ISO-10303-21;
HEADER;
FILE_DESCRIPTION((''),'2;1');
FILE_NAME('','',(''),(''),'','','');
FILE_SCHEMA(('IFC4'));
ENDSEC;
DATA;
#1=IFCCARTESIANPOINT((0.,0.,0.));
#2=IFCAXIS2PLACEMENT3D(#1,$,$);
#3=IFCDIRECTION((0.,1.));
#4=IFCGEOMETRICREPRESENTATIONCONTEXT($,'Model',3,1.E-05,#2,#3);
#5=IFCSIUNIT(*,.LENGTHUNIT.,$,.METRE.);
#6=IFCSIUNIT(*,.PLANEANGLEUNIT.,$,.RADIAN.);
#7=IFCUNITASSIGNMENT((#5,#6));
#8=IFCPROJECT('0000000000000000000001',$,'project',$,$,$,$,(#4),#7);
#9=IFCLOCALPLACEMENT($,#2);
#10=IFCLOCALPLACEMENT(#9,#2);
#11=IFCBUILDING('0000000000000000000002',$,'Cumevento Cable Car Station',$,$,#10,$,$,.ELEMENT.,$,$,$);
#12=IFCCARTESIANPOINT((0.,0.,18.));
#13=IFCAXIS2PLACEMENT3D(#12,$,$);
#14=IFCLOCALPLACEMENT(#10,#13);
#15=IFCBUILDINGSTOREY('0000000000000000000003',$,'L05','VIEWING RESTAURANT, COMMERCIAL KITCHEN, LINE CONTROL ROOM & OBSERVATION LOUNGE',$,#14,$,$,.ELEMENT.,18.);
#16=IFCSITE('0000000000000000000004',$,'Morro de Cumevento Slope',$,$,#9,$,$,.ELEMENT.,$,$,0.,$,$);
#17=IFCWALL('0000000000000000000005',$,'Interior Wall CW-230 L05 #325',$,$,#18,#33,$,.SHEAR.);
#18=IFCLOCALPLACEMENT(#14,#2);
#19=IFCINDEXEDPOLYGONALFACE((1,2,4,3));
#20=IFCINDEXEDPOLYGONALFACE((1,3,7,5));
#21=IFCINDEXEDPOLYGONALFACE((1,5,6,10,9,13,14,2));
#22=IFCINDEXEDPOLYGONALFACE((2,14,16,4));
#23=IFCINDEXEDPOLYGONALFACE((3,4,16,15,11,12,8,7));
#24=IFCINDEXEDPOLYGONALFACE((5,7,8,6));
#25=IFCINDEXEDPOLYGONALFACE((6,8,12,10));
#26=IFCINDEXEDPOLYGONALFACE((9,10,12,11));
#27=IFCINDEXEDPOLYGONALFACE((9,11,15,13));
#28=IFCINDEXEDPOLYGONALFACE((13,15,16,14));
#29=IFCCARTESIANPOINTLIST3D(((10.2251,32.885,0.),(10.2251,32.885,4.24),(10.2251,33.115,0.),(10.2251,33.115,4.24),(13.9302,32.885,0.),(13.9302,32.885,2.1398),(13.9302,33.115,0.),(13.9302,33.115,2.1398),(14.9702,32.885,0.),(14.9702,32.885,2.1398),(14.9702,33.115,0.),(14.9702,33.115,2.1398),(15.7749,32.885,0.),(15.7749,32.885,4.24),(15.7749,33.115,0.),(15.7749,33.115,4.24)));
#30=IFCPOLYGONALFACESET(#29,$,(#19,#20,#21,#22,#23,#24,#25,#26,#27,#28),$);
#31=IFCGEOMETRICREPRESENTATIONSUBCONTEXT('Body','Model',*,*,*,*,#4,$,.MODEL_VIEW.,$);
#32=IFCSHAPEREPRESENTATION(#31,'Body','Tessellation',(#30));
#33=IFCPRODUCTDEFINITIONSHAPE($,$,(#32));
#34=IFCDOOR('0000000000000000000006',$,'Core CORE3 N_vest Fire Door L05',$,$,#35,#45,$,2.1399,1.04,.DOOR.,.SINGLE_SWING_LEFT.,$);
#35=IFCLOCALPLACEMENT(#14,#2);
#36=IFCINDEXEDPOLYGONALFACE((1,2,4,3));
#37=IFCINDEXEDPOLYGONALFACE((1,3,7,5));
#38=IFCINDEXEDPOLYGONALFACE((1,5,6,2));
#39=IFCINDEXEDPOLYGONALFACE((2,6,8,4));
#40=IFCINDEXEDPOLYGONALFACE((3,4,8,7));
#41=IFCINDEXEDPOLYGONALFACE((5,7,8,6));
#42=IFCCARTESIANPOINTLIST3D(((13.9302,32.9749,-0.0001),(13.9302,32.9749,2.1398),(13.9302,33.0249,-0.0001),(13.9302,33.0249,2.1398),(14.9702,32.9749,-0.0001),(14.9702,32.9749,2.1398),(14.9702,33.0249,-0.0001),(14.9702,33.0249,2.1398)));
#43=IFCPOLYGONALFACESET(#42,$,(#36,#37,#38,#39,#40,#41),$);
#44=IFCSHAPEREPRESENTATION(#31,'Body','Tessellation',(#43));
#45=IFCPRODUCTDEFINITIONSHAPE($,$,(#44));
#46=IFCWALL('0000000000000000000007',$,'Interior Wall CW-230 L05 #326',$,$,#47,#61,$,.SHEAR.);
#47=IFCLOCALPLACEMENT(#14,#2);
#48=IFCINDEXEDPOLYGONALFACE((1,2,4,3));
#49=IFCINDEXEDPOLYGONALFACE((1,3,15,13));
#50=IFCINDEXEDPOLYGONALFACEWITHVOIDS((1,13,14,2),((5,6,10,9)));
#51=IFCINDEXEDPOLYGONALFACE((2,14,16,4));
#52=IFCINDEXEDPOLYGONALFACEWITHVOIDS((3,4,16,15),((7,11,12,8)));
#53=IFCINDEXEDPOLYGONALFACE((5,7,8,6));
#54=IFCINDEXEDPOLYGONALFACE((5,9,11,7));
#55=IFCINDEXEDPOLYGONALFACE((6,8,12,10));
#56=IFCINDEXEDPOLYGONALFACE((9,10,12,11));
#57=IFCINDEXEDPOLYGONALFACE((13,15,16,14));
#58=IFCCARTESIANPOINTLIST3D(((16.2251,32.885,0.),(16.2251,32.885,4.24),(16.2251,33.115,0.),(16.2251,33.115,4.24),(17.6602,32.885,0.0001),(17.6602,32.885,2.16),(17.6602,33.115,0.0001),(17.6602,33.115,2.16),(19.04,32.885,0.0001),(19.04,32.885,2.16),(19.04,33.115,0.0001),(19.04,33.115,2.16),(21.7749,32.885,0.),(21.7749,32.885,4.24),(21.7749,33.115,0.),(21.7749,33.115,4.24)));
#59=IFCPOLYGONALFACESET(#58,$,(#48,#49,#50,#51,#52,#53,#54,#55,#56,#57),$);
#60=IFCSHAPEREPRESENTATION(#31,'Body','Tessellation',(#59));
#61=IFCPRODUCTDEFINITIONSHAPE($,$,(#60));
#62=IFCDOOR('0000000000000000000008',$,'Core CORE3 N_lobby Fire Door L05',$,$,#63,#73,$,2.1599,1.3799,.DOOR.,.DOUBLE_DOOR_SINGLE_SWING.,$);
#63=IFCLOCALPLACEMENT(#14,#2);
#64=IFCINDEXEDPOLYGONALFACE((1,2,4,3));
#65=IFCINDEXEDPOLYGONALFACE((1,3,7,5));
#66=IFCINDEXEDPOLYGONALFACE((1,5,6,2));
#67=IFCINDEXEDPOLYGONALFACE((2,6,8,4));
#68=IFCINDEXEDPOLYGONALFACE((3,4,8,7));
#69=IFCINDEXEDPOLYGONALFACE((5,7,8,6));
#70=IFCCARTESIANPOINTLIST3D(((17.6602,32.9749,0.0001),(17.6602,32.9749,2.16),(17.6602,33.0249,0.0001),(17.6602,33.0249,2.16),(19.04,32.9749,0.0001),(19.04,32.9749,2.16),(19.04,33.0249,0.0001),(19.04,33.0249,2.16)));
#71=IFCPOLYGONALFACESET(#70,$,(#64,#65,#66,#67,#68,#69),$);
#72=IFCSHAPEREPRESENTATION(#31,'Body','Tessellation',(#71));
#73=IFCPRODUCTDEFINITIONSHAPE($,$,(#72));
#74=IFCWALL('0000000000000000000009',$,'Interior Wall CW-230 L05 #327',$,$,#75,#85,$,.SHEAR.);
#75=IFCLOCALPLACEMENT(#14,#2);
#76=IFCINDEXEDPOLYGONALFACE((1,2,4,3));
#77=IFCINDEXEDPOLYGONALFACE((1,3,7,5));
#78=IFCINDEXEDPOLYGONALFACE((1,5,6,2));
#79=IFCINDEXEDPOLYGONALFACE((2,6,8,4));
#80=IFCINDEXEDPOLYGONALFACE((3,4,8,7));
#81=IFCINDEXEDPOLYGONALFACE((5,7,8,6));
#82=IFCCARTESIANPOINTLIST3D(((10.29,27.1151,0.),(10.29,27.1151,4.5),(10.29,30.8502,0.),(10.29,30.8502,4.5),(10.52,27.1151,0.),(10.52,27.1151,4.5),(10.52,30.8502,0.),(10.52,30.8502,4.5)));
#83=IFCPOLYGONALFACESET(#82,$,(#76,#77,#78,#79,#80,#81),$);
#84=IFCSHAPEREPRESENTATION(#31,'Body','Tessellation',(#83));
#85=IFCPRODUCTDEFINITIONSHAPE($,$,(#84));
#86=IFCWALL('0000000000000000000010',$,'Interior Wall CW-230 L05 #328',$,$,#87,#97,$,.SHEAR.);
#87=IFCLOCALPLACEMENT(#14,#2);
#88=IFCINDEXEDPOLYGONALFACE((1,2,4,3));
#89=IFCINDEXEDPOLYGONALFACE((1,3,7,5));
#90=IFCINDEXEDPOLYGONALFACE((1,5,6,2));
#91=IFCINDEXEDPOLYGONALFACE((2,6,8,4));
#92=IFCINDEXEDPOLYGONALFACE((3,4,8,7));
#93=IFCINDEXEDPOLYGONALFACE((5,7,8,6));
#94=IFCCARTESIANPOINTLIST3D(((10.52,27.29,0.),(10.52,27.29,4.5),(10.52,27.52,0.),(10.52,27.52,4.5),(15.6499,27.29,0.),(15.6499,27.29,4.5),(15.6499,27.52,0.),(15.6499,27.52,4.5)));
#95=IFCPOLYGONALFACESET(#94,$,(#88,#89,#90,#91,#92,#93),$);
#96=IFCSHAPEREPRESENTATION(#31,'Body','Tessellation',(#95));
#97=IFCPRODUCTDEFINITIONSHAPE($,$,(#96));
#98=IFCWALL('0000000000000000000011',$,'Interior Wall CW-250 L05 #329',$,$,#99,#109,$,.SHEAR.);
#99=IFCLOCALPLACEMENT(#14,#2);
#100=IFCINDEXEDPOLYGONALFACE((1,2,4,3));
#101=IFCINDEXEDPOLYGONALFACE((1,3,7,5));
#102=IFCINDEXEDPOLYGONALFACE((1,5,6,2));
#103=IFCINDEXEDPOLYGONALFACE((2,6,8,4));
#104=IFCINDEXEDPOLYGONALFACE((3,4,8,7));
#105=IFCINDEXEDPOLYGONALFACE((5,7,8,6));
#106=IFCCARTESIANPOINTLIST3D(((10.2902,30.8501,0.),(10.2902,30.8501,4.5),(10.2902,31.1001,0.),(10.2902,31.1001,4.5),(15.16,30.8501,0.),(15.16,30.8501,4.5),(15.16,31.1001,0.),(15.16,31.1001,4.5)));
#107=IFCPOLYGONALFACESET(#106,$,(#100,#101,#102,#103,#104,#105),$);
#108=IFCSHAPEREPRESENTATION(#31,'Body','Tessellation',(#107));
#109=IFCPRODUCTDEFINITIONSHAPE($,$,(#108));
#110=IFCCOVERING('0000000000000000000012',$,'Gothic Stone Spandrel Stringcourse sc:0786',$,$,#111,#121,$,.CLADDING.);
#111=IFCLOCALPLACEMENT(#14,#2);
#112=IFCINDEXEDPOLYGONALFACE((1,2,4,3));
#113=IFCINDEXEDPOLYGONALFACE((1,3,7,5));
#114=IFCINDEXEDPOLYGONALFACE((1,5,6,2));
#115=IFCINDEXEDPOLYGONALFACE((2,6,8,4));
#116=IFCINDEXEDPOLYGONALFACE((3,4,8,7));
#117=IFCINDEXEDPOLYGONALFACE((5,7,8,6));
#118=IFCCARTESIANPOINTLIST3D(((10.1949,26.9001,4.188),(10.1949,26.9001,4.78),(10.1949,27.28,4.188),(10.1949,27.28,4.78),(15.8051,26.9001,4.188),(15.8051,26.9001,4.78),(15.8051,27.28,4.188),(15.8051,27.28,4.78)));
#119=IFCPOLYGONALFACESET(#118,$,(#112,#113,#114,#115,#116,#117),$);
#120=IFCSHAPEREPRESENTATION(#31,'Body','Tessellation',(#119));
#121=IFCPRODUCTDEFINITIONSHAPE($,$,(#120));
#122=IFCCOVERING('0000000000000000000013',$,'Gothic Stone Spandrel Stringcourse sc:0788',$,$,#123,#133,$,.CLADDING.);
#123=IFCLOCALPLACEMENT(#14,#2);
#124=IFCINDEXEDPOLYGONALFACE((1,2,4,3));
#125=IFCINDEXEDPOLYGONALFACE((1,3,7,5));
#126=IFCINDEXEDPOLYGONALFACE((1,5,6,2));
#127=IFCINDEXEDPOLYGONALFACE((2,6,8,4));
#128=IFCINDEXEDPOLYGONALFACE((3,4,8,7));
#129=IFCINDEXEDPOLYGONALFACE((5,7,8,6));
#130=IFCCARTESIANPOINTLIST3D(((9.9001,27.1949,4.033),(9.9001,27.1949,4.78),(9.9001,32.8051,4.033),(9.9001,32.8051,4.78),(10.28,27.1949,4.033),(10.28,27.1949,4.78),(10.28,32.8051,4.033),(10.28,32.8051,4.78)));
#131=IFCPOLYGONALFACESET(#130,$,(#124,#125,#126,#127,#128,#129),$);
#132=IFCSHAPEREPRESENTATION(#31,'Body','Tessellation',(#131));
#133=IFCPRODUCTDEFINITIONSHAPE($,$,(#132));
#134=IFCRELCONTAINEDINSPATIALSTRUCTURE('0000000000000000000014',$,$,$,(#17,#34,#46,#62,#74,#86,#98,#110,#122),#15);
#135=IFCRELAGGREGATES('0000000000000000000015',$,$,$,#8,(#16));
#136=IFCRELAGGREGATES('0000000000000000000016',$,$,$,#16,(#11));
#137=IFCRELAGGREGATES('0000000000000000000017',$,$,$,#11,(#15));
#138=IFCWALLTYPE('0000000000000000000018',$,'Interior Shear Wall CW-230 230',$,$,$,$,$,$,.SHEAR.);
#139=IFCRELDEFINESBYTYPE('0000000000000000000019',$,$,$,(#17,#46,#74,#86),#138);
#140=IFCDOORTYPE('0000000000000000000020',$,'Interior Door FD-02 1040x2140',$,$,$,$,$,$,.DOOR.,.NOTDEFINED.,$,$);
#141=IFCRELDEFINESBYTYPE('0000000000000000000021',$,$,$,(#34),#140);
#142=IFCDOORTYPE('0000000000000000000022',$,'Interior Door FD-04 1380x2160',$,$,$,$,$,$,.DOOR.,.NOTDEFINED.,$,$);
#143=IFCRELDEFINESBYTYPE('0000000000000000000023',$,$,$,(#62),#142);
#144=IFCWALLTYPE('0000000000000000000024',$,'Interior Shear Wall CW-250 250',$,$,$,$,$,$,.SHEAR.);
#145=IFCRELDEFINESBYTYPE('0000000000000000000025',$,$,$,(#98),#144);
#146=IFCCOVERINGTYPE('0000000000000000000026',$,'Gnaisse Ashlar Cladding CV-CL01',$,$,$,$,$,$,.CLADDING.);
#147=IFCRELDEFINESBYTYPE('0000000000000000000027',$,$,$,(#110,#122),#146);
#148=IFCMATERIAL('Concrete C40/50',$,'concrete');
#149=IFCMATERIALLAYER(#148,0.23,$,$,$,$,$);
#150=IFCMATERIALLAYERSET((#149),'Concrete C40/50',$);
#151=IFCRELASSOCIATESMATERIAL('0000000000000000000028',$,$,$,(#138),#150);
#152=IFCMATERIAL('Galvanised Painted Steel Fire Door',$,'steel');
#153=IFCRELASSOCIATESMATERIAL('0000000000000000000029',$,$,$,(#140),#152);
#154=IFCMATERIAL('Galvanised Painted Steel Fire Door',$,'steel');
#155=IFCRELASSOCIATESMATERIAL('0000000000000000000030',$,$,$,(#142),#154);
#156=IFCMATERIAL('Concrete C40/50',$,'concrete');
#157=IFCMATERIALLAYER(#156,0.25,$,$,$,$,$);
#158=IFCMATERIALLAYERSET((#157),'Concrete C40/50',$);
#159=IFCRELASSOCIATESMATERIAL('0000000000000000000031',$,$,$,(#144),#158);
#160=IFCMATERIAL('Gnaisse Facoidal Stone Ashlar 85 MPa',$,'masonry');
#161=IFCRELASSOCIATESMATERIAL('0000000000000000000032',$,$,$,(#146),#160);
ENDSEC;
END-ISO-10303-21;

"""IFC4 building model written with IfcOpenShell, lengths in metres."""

from ifc_helpers import new_model, si_unit, direction, frame, frame_2d, origin, origin_2d, place, context, subcontext, project, spatial, rectangle, extrude, material, layer, layer_set, type_object, element, fill, save


model = new_model("IFC4")

# Units and contexts
model_context = context("Model", 3, precision=1e-05, world=origin(), true_north=direction((0.0, 1.0)))
body_context = subcontext(model_context, "Body", "Model", "MODEL_VIEW")
ifc_project = project(units=[si_unit("LENGTHUNIT", "METRE"), si_unit("PLANEANGLEUNIT", "RADIAN")], contexts=[model_context])

# Site, building, storey
site_placement = place(None, origin())
site = spatial("IfcSite", under=ifc_project, at=site_placement, Name="Morro de Cumevento Slope", CompositionType="ELEMENT", RefElevation=0.0)
building_placement = place(site_placement, origin())
building = spatial("IfcBuilding", under=site, at=building_placement, Name="Cumevento Cable Car Station", CompositionType="ELEMENT")
storey_placement = place(building_placement, frame((0.0, 0.0, 18.0)))
storey = spatial("IfcBuildingStorey", under=building, at=storey_placement, Name="L05", Description="VIEWING RESTAURANT, COMMERCIAL KITCHEN, LINE CONTROL ROOM & OBSERVATION LOUNGE", CompositionType="ELEMENT", Elevation=18.0)

# Walls, openings, doors
ifc_material_1 = material(Name="Concrete C40/50", Category="concrete")
ifc_layer_1 = layer(ifc_material_1, 0.23)
ifc_layer_set_1 = layer_set([ifc_layer_1], Name="Concrete C40/50")
wall_type_1 = type_object("IfcWallType", Name="Interior Shear Wall CW-230 230", PredefinedType="SHEAR", material=ifc_layer_set_1)
wall_1_placement = place(storey_placement, frame((10.2251, 33.0, 0.0), z_axis=(0.0, 0.0, 1.0), x_axis=(1.0, 0.0, 0.0)))
wall_1 = element("IfcWall", 1, at=wall_1_placement, inside=storey, type_object=wall_type_1, Name="Interior Wall CW-230 L05 #325", PredefinedType="SHEAR", context=body_context, shape_type="SweptSolid", body=[
    extrude(rectangle(XDim=5.5498, YDim=0.23, at=frame_2d((2.7749, 0.0))), origin(), (0.0, 0.0, 1.0), 4.24),
])
opening_1_placement = place(wall_1_placement, frame((3.7051, 0.0, 0.0)))
opening_1 = element("IfcOpeningElement", 2, at=opening_1_placement, cuts=wall_1, PredefinedType="OPENING", context=body_context, shape_type="SweptSolid", body=[
    extrude(rectangle(XDim=1.04, YDim=2.1399, at=frame_2d((0.52, 1.0698))), frame((0.0, 0.125, 0.0), z_axis=(0.0, -1.0, 0.0), x_axis=(1.0, 0.0, 0.0)), (0.0, 0.0, 1.0), 0.25),
])
ifc_material_2 = material(Name="Galvanised Painted Steel Fire Door", Category="steel")
door_type_1 = type_object("IfcDoorType", Name="Interior Door FD-02 1040x2140", OperationType="NOTDEFINED", PredefinedType="DOOR", material=ifc_material_2)
door_1_placement = place(opening_1_placement, origin())
door_1 = element("IfcDoor", 3, at=door_1_placement, inside=storey, type_object=door_type_1, Name="Core CORE3 N_vest Fire Door L05", OperationType="SINGLE_SWING_LEFT", OverallHeight=2.1399, OverallWidth=1.04, PredefinedType="DOOR", context=body_context, shape_type="SweptSolid", body=[
    extrude(rectangle(XDim=1.04, YDim=2.1399, at=frame_2d((0.52, 1.0698))), frame((0.0, 0.0249, 0.0), z_axis=(0.0, -1.0, 0.0), x_axis=(1.0, 0.0, 0.0)), (0.0, 0.0, 1.0), 0.05),
])
fill(opening_1, door_1)
wall_2_placement = place(storey_placement, frame((16.2251, 33.0, 0.0), z_axis=(0.0, 0.0, 1.0), x_axis=(1.0, 0.0, 0.0)))
wall_2 = element("IfcWall", 4, at=wall_2_placement, inside=storey, type_object=wall_type_1, Name="Interior Wall CW-230 L05 #326", PredefinedType="SHEAR", context=body_context, shape_type="SweptSolid", body=[
    extrude(rectangle(XDim=5.5498, YDim=0.23, at=frame_2d((2.7749, 0.0))), origin(), (0.0, 0.0, 1.0), 4.24),
])
opening_2_placement = place(wall_2_placement, frame((1.4351, 0.0, 0.0)))
opening_2 = element("IfcOpeningElement", 5, at=opening_2_placement, cuts=wall_2, PredefinedType="OPENING", context=body_context, shape_type="SweptSolid", body=[
    extrude(rectangle(XDim=1.3799, YDim=2.1599, at=frame_2d((0.6899, 1.0801))), frame((0.0, 0.125, 0.0), z_axis=(0.0, -1.0, 0.0), x_axis=(1.0, 0.0, 0.0)), (0.0, 0.0, 1.0), 0.25),
])
ifc_material_3 = material(Name="Galvanised Painted Steel Fire Door", Category="steel")
door_type_2 = type_object("IfcDoorType", Name="Interior Door FD-04 1380x2160", OperationType="NOTDEFINED", PredefinedType="DOOR", material=ifc_material_3)
door_2_placement = place(opening_2_placement, origin())
door_2 = element("IfcDoor", 6, at=door_2_placement, inside=storey, type_object=door_type_2, Name="Core CORE3 N_lobby Fire Door L05", OperationType="DOUBLE_DOOR_SINGLE_SWING", OverallHeight=2.1599, OverallWidth=1.3799, PredefinedType="DOOR", context=body_context, shape_type="SweptSolid", body=[
    extrude(rectangle(XDim=1.3799, YDim=2.1599, at=frame_2d((0.6899, 1.0801))), frame((0.0, 0.0249, 0.0), z_axis=(0.0, -1.0, 0.0), x_axis=(1.0, 0.0, 0.0)), (0.0, 0.0, 1.0), 0.05),
])
fill(opening_2, door_2)

# Walls
wall_3_placement = place(storey_placement, frame((10.405, 27.115, 0.0), z_axis=(0.0, 0.0, 1.0), x_axis=(0.0, 1.0, 0.0)))
element("IfcWall", 7, at=wall_3_placement, inside=storey, type_object=wall_type_1, Name="Interior Wall CW-230 L05 #327", PredefinedType="SHEAR", context=body_context, shape_type="SweptSolid", body=[
    extrude(rectangle(XDim=3.7351, YDim=0.23, at=frame_2d((1.8677, 0.0))), origin(), (0.0, 0.0, 1.0), 4.5),
])
wall_4_placement = place(storey_placement, frame((10.52, 27.405, 0.0), z_axis=(0.0, 0.0, 1.0), x_axis=(1.0, 0.0, 0.0)))
element("IfcWall", 8, at=wall_4_placement, inside=storey, type_object=wall_type_1, Name="Interior Wall CW-230 L05 #328", PredefinedType="SHEAR", context=body_context, shape_type="SweptSolid", body=[
    extrude(rectangle(XDim=5.1299, YDim=0.23, at=frame_2d((2.5649, 0.0))), origin(), (0.0, 0.0, 1.0), 4.5),
])
ifc_material_4 = material(Name="Concrete C40/50", Category="concrete")
ifc_layer_2 = layer(ifc_material_4, 0.25)
ifc_layer_set_2 = layer_set([ifc_layer_2], Name="Concrete C40/50")
wall_type_2 = type_object("IfcWallType", Name="Interior Shear Wall CW-250 250", PredefinedType="SHEAR", material=ifc_layer_set_2)
wall_5_placement = place(storey_placement, frame((10.29, 30.9751, 0.0), z_axis=(0.0, 0.0, 1.0), x_axis=(1.0, 0.0, 0.0)))
element("IfcWall", 9, at=wall_5_placement, inside=storey, type_object=wall_type_2, Name="Interior Wall CW-250 L05 #329", PredefinedType="SHEAR", context=body_context, shape_type="SweptSolid", body=[
    extrude(rectangle(XDim=4.8699, YDim=0.25, at=frame_2d((2.4351, 0.0))), origin(), (0.0, 0.0, 1.0), 4.5),
])

# Coverings
ifc_material_5 = material(Name="Gnaisse Facoidal Stone Ashlar 85 MPa", Category="masonry")
covering_type = type_object("IfcCoveringType", Name="Gnaisse Ashlar Cladding CV-CL01", PredefinedType="CLADDING", material=ifc_material_5)
covering_1_placement = place(storey_placement, frame((13.0, 27.0901, 4.188), z_axis=(0.0, 0.0, 1.0), x_axis=(-1.0, 0.0, 0.0)))
element("IfcCovering", 10, at=covering_1_placement, inside=storey, type_object=covering_type, Name="Gothic Stone Spandrel Stringcourse sc:0786", PredefinedType="CLADDING", context=body_context, shape_type="SweptSolid", body=[
    extrude(rectangle(XDim=5.6101, YDim=0.3799, at=origin_2d()), origin(), (0.0, 0.0, 1.0), 0.592),
])
covering_2_placement = place(storey_placement, frame((10.0901, 30.0, 4.033), z_axis=(0.0, 0.0, 1.0), x_axis=(0.0, 1.0, 0.0)))
element("IfcCovering", 11, at=covering_2_placement, inside=storey, type_object=covering_type, Name="Gothic Stone Spandrel Stringcourse sc:0788", PredefinedType="CLADDING", context=body_context, shape_type="SweptSolid", body=[
    extrude(rectangle(XDim=5.6101, YDim=0.3799, at=origin_2d()), origin(), (0.0, 0.0, 1.0), 0.7471),
])

save(model, "model.ifc")
